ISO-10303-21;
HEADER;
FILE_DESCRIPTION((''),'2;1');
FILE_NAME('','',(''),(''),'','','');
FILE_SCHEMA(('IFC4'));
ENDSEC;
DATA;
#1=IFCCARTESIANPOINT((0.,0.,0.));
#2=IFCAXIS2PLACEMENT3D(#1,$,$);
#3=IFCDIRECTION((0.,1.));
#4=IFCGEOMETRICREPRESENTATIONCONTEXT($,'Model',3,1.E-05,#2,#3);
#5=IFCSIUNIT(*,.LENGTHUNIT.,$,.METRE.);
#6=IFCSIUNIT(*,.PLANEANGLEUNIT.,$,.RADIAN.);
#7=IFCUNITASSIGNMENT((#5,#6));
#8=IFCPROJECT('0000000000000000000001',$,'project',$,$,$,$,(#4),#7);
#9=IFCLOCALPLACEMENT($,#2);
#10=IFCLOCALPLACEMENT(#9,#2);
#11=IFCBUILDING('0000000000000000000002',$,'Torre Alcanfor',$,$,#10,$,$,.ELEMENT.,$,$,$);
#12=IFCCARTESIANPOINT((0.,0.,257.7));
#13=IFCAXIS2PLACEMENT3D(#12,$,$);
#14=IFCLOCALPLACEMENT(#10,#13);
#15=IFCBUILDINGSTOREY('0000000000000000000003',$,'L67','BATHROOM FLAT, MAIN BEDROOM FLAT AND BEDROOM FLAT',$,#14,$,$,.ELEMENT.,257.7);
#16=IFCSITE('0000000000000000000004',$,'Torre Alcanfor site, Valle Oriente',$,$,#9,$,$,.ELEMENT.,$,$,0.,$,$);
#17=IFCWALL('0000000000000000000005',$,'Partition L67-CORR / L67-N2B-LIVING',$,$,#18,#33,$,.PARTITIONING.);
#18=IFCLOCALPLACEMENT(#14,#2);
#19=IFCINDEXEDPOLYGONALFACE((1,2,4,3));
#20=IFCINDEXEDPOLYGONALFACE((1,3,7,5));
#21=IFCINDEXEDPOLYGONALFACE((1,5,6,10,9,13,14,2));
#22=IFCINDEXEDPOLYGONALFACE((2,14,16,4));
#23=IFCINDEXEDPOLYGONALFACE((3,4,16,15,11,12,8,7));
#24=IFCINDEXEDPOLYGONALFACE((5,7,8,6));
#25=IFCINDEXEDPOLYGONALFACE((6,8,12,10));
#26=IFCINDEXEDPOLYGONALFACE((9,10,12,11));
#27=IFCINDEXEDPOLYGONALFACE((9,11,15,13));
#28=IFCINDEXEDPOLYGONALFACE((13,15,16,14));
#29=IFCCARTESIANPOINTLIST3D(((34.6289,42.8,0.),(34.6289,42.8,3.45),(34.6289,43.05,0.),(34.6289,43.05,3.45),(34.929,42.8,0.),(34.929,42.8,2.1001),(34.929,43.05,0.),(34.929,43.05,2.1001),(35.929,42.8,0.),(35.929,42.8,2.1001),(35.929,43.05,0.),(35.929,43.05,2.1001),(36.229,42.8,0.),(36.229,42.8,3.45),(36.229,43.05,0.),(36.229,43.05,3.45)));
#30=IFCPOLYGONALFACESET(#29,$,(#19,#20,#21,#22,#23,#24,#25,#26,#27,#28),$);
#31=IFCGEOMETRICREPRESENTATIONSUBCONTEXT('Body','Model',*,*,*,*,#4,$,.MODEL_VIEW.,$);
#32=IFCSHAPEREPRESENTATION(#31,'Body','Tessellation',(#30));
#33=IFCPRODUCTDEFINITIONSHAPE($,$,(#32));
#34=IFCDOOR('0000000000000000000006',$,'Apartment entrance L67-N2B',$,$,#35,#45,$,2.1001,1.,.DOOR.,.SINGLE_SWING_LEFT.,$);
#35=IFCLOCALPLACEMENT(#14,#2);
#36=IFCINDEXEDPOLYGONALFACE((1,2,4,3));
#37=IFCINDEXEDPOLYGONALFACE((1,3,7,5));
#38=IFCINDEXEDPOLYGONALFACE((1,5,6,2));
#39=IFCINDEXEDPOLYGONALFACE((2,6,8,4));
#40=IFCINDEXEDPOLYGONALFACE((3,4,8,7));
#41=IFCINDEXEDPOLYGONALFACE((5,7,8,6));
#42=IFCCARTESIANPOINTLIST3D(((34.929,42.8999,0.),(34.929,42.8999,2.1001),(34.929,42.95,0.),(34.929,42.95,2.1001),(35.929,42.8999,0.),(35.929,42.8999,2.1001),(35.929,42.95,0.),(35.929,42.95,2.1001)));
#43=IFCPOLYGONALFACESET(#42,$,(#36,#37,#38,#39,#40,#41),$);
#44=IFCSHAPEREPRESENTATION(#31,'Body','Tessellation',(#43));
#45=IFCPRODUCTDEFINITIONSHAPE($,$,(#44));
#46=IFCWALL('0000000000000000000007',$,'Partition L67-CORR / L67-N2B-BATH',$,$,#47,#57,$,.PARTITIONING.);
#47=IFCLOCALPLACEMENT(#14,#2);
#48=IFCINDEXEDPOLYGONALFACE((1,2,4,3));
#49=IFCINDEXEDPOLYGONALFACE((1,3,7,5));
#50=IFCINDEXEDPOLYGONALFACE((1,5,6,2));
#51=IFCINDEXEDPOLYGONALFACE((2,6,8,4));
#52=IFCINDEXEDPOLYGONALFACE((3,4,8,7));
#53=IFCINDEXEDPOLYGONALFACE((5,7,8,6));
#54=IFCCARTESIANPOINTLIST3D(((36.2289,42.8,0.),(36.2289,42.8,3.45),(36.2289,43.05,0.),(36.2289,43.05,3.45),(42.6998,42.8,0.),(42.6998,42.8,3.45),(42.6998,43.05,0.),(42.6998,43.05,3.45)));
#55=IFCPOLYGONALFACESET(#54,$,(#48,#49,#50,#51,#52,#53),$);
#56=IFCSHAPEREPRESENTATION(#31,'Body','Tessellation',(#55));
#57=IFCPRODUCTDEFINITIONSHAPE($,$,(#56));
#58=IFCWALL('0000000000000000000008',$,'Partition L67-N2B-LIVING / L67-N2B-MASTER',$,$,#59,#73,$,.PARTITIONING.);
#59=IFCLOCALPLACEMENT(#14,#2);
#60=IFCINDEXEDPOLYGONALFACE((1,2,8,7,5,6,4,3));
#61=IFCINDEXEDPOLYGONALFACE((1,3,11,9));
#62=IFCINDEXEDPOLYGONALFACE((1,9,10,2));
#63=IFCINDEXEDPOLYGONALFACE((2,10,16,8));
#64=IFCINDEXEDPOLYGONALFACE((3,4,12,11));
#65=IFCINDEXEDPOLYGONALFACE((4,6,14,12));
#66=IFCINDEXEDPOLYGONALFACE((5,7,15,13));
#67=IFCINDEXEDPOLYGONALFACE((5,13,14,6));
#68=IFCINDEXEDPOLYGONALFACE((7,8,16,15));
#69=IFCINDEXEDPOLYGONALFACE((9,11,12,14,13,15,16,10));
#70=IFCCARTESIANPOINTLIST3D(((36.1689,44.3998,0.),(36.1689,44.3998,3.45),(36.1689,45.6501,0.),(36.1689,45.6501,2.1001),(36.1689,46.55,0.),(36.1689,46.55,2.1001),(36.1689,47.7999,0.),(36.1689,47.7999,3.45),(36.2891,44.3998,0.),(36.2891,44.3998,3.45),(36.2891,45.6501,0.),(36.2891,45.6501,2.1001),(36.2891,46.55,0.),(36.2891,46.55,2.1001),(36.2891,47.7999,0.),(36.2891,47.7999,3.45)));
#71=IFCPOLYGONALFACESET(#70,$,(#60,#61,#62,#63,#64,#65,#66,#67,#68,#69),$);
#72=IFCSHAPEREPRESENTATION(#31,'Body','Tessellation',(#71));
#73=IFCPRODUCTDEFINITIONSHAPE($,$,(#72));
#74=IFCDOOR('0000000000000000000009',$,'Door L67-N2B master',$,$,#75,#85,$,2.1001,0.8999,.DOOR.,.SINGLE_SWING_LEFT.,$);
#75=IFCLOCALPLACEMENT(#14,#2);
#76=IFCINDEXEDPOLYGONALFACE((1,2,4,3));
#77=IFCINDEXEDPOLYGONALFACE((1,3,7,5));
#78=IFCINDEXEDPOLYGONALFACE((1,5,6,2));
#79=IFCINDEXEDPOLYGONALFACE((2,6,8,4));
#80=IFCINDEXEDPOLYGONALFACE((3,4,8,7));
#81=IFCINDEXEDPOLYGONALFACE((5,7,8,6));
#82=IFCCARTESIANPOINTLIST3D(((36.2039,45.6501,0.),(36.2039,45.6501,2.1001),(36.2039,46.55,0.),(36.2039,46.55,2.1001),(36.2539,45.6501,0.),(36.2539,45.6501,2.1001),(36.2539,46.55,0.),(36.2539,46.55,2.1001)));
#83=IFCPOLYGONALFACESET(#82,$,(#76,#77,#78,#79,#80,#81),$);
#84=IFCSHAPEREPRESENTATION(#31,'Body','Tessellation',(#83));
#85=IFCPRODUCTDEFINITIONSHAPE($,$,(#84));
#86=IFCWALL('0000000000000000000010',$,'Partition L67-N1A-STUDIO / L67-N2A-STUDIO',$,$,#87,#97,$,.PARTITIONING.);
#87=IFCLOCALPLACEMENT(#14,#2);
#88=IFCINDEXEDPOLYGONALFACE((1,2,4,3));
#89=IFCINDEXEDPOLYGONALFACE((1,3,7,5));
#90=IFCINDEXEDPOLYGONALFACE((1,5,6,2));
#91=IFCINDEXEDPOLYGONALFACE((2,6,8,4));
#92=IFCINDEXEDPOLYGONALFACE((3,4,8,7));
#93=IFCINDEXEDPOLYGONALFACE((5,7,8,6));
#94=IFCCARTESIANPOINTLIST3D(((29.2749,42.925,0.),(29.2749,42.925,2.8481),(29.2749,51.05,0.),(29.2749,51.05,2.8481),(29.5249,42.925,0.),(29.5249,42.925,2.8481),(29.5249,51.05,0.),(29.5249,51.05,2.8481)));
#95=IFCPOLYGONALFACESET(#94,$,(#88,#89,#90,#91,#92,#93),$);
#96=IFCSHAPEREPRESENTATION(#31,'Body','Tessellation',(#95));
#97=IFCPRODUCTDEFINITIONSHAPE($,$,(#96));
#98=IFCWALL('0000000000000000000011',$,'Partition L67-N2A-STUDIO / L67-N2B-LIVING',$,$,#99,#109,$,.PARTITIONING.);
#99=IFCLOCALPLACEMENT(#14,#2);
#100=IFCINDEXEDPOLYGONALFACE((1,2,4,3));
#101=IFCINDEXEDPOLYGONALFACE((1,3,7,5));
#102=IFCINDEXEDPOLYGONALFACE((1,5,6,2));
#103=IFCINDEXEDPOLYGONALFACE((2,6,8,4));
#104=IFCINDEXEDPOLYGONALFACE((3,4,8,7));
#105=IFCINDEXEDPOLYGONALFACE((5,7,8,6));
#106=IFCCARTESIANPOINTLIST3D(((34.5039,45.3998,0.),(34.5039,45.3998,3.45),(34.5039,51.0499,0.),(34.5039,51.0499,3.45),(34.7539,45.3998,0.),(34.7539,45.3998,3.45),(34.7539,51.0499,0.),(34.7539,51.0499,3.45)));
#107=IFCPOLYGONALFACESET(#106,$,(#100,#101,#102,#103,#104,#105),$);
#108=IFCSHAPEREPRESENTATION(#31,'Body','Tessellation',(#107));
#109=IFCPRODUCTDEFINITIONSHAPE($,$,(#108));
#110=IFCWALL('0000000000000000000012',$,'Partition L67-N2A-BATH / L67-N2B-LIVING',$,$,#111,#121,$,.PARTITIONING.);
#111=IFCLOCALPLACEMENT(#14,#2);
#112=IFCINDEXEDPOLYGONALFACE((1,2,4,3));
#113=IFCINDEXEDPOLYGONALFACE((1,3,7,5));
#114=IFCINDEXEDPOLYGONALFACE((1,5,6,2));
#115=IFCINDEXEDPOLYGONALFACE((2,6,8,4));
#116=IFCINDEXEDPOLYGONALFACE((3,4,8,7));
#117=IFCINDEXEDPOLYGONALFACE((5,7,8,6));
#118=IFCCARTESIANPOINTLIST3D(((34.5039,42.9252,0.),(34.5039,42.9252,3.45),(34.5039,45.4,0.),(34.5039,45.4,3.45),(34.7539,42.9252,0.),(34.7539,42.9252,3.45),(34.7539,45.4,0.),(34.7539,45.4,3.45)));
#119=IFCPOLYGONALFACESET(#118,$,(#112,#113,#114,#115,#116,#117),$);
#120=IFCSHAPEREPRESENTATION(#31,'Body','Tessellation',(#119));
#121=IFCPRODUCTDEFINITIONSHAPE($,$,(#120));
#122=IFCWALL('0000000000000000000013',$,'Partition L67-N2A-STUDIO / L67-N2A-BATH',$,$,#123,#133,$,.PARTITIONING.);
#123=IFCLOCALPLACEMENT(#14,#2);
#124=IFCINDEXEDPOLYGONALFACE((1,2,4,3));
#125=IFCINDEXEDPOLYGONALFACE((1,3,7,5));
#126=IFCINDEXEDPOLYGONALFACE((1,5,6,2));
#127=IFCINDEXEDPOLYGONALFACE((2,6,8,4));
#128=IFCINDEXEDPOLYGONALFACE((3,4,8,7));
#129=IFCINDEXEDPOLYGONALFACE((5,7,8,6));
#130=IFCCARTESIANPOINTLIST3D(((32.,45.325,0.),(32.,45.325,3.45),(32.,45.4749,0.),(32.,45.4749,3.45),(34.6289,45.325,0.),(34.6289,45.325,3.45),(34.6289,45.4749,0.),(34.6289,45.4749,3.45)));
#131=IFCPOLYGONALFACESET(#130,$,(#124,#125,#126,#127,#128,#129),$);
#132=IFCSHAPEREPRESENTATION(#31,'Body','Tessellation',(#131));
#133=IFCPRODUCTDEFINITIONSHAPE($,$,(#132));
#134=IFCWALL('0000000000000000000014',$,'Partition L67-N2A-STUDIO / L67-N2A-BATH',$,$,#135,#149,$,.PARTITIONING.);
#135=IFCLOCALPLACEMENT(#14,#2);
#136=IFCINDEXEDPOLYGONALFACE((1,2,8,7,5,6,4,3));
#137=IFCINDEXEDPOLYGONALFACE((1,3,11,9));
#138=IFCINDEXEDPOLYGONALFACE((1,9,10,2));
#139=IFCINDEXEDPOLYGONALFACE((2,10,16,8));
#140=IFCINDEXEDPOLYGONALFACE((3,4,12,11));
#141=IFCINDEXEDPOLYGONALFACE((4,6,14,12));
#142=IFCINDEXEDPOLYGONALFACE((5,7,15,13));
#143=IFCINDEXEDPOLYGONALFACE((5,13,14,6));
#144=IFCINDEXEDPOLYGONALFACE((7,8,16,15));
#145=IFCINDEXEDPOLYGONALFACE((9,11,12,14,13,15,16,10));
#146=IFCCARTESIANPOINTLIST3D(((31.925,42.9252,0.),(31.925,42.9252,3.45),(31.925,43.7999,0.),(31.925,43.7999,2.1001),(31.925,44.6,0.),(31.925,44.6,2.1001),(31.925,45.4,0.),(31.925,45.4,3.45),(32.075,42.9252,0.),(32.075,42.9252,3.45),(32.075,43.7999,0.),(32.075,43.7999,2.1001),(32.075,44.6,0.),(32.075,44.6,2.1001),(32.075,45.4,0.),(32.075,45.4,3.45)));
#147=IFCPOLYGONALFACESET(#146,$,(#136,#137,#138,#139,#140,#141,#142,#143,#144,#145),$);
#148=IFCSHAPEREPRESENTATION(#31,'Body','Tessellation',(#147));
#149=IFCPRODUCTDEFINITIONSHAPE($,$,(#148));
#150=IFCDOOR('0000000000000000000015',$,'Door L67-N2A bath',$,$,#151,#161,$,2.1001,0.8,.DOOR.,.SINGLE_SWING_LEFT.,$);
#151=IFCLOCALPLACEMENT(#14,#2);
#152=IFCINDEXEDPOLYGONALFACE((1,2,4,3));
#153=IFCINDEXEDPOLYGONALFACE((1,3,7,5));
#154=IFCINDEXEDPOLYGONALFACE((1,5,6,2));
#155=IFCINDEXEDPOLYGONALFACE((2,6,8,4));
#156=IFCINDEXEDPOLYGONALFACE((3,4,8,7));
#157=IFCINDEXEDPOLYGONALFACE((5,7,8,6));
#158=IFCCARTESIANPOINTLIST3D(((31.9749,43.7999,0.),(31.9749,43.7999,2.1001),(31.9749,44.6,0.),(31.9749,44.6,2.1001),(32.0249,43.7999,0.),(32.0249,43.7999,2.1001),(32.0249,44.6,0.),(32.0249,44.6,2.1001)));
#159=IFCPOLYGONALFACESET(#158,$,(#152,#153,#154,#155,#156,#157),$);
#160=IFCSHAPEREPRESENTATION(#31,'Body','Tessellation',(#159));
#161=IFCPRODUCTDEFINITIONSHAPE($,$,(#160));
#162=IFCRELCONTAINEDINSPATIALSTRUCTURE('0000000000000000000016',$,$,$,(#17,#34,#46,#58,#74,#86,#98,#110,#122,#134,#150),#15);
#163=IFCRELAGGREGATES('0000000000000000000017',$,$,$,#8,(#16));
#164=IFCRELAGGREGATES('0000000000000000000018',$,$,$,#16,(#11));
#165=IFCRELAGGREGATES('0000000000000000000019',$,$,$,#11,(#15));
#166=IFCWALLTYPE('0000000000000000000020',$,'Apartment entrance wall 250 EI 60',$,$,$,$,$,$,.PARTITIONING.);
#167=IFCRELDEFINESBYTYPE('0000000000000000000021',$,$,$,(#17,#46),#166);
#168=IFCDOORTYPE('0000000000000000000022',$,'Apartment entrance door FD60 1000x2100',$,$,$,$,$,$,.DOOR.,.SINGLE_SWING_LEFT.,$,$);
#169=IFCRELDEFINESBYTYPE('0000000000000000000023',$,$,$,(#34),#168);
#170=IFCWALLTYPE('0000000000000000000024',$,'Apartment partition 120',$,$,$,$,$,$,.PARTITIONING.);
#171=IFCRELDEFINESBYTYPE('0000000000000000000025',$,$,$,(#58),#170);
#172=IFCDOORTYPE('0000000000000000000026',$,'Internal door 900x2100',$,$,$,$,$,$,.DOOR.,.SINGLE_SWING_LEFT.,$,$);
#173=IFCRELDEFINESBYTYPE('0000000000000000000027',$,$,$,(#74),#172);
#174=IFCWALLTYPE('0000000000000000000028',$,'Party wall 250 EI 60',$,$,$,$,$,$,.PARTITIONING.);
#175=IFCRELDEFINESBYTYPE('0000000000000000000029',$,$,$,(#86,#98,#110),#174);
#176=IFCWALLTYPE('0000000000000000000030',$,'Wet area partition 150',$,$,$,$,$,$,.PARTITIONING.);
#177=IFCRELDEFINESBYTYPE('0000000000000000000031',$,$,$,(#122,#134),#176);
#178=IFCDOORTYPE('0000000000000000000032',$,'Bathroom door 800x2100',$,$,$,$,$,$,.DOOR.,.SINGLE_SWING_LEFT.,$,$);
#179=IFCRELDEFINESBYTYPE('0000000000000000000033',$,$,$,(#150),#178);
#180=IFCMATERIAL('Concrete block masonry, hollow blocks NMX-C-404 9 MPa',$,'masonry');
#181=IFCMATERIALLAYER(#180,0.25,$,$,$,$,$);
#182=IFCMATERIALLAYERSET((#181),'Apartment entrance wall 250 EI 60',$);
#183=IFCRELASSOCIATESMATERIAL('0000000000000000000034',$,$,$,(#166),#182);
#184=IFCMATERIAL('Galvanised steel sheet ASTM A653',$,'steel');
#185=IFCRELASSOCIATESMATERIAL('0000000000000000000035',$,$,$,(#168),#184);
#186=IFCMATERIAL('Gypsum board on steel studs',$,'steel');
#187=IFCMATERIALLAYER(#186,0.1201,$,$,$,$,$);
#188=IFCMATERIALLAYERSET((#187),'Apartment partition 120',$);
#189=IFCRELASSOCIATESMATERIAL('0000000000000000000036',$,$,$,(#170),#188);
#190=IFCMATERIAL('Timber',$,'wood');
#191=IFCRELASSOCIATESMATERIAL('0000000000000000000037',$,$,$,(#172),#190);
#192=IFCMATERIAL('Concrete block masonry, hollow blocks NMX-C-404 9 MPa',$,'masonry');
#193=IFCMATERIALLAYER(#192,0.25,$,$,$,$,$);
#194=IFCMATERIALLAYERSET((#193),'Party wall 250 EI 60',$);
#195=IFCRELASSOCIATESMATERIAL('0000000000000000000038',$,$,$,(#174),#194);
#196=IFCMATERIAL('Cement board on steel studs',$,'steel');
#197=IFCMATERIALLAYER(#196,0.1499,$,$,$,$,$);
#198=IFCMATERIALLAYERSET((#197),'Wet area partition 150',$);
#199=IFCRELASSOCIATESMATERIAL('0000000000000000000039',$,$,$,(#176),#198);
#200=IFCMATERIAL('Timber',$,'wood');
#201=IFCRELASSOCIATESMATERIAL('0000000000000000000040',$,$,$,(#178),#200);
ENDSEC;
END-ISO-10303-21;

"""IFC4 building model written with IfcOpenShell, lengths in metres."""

from ifc_helpers import new_model, si_unit, direction, frame, frame_2d, origin, place, context, subcontext, project, spatial, rectangle, extrude, material, layer, layer_set, type_object, element, fill, save


model = new_model("IFC4")

# Units and contexts
model_context = context("Model", 3, precision=1e-05, world=origin(), true_north=direction((0.0, 1.0)))
body_context = subcontext(model_context, "Body", "Model", "MODEL_VIEW")
ifc_project = project(units=[si_unit("LENGTHUNIT", "METRE"), si_unit("PLANEANGLEUNIT", "RADIAN")], contexts=[model_context])

# Site, building, storey
site_placement = place(None, origin())
site = spatial("IfcSite", under=ifc_project, at=site_placement, Name="Torre Alcanfor site, Valle Oriente", CompositionType="ELEMENT", RefElevation=0.0)
building_placement = place(site_placement, origin())
building = spatial("IfcBuilding", under=site, at=building_placement, Name="Torre Alcanfor", CompositionType="ELEMENT")
storey_placement = place(building_placement, frame((0.0, 0.0, 257.7)))
storey = spatial("IfcBuildingStorey", under=building, at=storey_placement, Name="L67", Description="BATHROOM FLAT, MAIN BEDROOM FLAT AND BEDROOM FLAT", CompositionType="ELEMENT", Elevation=257.7)

# Shared definitions
ifc_material_1 = material(Name="Concrete block masonry, hollow blocks NMX-C-404 9 MPa", Category="masonry")
ifc_layer_1 = layer(ifc_material_1, 0.25)
ifc_layer_set_1 = layer_set([ifc_layer_1], Name="Apartment entrance wall 250 EI 60")
wall_type_1 = type_object("IfcWallType", Name="Apartment entrance wall 250 EI 60", PredefinedType="PARTITIONING", material=ifc_layer_set_1)
ifc_material_2 = material(Name="Galvanised steel sheet ASTM A653", Category="steel")
door_type_1 = type_object("IfcDoorType", Name="Apartment entrance door FD60 1000x2100", OperationType="SINGLE_SWING_LEFT", PredefinedType="DOOR", material=ifc_material_2)

# Wall, opening, door
wall_1_placement = place(storey_placement, frame((34.6289, 42.925, 0.0), z_axis=(0.0, 0.0, 1.0), x_axis=(1.0, 0.0, 0.0)))
wall_1 = element("IfcWall", 1, at=wall_1_placement, inside=storey, type_object=wall_type_1, Name="Partition L67-CORR / L67-N2B-LIVING", PredefinedType="PARTITIONING", context=body_context, shape_type="SweptSolid", body=[
    extrude(rectangle(XDim=1.6001, YDim=0.25, at=frame_2d((0.8, 0.0))), origin(), (0.0, 0.0, 1.0), 3.45),
])
opening_1_placement = place(wall_1_placement, frame((0.3, 0.0, 0.0)))
opening_1 = element("IfcOpeningElement", 2, at=opening_1_placement, cuts=wall_1, PredefinedType="OPENING", context=body_context, shape_type="SweptSolid", body=[
    extrude(rectangle(XDim=1.0, YDim=2.1001, at=frame_2d((0.5, 1.05))), frame((0.0, 0.135, 0.0), z_axis=(0.0, -1.0, 0.0), x_axis=(1.0, 0.0, 0.0)), (0.0, 0.0, 1.0), 0.27),
])
door_1_placement = place(opening_1_placement, origin())
door_1 = element("IfcDoor", 3, at=door_1_placement, inside=storey, type_object=door_type_1, Name="Apartment entrance L67-N2B", OperationType="SINGLE_SWING_LEFT", OverallHeight=2.1001, OverallWidth=1.0, PredefinedType="DOOR", context=body_context, shape_type="SweptSolid", body=[
    extrude(rectangle(XDim=1.0, YDim=2.1001, at=frame_2d((0.5, 1.05))), frame((0.0, 0.0249, 0.0), z_axis=(0.0, -1.0, 0.0), x_axis=(1.0, 0.0, 0.0)), (0.0, 0.0, 1.0), 0.05),
])
fill(opening_1, door_1)

# Wall
wall_2_placement = place(storey_placement, frame((36.229, 42.925, 0.0), z_axis=(0.0, 0.0, 1.0), x_axis=(1.0, 0.0, 0.0)))
element("IfcWall", 4, at=wall_2_placement, inside=storey, type_object=wall_type_1, Name="Partition L67-CORR / L67-N2B-BATH", PredefinedType="PARTITIONING", context=body_context, shape_type="SweptSolid", body=[
    extrude(rectangle(XDim=6.4709, YDim=0.25, at=frame_2d((3.2354, 0.0))), origin(), (0.0, 0.0, 1.0), 3.45),
])

# Wall, opening, door
ifc_material_3 = material(Name="Gypsum board on steel studs", Category="steel")
ifc_layer_2 = layer(ifc_material_3, 0.1201)
ifc_layer_set_2 = layer_set([ifc_layer_2], Name="Apartment partition 120")
wall_type_2 = type_object("IfcWallType", Name="Apartment partition 120", PredefinedType="PARTITIONING", material=ifc_layer_set_2)
wall_3_placement = place(storey_placement, frame((36.229, 47.8, 0.0), z_axis=(0.0, 0.0, 1.0), x_axis=(0.0, -1.0, 0.0)))
wall_3 = element("IfcWall", 5, at=wall_3_placement, inside=storey, type_object=wall_type_2, Name="Partition L67-N2B-LIVING / L67-N2B-MASTER", PredefinedType="PARTITIONING", context=body_context, shape_type="SweptSolid", body=[
    extrude(rectangle(XDim=3.4001, YDim=0.1201, at=frame_2d((1.7002, 0.0))), origin(), (0.0, 0.0, 1.0), 3.45),
])
opening_2_placement = place(wall_3_placement, frame((1.25, 0.0, 0.0)))
opening_2 = element("IfcOpeningElement", 6, at=opening_2_placement, cuts=wall_3, PredefinedType="OPENING", context=body_context, shape_type="SweptSolid", body=[
    extrude(rectangle(XDim=0.8999, YDim=2.1001, at=frame_2d((0.45, 1.05))), frame((0.0, 0.0701, 0.0), z_axis=(0.0, -1.0, 0.0), x_axis=(1.0, 0.0, 0.0)), (0.0, 0.0, 1.0), 0.1401),
])
ifc_material_4 = material(Name="Timber", Category="wood")
door_type_2 = type_object("IfcDoorType", Name="Internal door 900x2100", OperationType="SINGLE_SWING_LEFT", PredefinedType="DOOR", material=ifc_material_4)
door_2_placement = place(opening_2_placement, origin())
door_2 = element("IfcDoor", 7, at=door_2_placement, inside=storey, type_object=door_type_2, Name="Door L67-N2B master", OperationType="SINGLE_SWING_LEFT", OverallHeight=2.1001, OverallWidth=0.8999, PredefinedType="DOOR", context=body_context, shape_type="SweptSolid", body=[
    extrude(rectangle(XDim=0.8999, YDim=2.1001, at=frame_2d((0.45, 1.05))), frame((0.0, 0.0249, 0.0), z_axis=(0.0, -1.0, 0.0), x_axis=(1.0, 0.0, 0.0)), (0.0, 0.0, 1.0), 0.05),
])
fill(opening_2, door_2)

# Walls
ifc_material_5 = material(Name="Concrete block masonry, hollow blocks NMX-C-404 9 MPa", Category="masonry")
ifc_layer_3 = layer(ifc_material_5, 0.25)
ifc_layer_set_3 = layer_set([ifc_layer_3], Name="Party wall 250 EI 60")
wall_type_3 = type_object("IfcWallType", Name="Party wall 250 EI 60", PredefinedType="PARTITIONING", material=ifc_layer_set_3)
wall_4_placement = place(storey_placement, frame((29.3999, 51.05, 0.0), z_axis=(0.0, 0.0, 1.0), x_axis=(0.0, -1.0, 0.0)))
element("IfcWall", 8, at=wall_4_placement, inside=storey, type_object=wall_type_3, Name="Partition L67-N1A-STUDIO / L67-N2A-STUDIO", PredefinedType="PARTITIONING", context=body_context, shape_type="SweptSolid", body=[
    extrude(rectangle(XDim=8.125, YDim=0.25, at=frame_2d((4.0625, 0.0))), origin(), (0.0, 0.0, 1.0), 2.8481),
])
wall_5_placement = place(storey_placement, frame((34.6289, 51.05, 0.0), z_axis=(0.0, 0.0, 1.0), x_axis=(0.0, -1.0, 0.0)))
element("IfcWall", 9, at=wall_5_placement, inside=storey, type_object=wall_type_3, Name="Partition L67-N2A-STUDIO / L67-N2B-LIVING", PredefinedType="PARTITIONING", context=body_context, shape_type="SweptSolid", body=[
    extrude(rectangle(XDim=5.6501, YDim=0.25, at=frame_2d((2.8252, 0.0))), origin(), (0.0, 0.0, 1.0), 3.45),
])
wall_6_placement = place(storey_placement, frame((34.6289, 45.3999, 0.0), z_axis=(0.0, 0.0, 1.0), x_axis=(0.0, -1.0, 0.0)))
element("IfcWall", 10, at=wall_6_placement, inside=storey, type_object=wall_type_3, Name="Partition L67-N2A-BATH / L67-N2B-LIVING", PredefinedType="PARTITIONING", context=body_context, shape_type="SweptSolid", body=[
    extrude(rectangle(XDim=2.4749, YDim=0.25, at=frame_2d((1.2373, 0.0))), origin(), (0.0, 0.0, 1.0), 3.45),
])
ifc_material_6 = material(Name="Cement board on steel studs", Category="steel")
ifc_layer_4 = layer(ifc_material_6, 0.1499)
ifc_layer_set_4 = layer_set([ifc_layer_4], Name="Wet area partition 150")
wall_type_4 = type_object("IfcWallType", Name="Wet area partition 150", PredefinedType="PARTITIONING", material=ifc_layer_set_4)
wall_7_placement = place(storey_placement, frame((34.6289, 45.3999, 0.0), z_axis=(0.0, 0.0, 1.0), x_axis=(-1.0, 0.0, 0.0)))
element("IfcWall", 11, at=wall_7_placement, inside=storey, type_object=wall_type_4, Name="Partition L67-N2A-STUDIO / L67-N2A-BATH", PredefinedType="PARTITIONING", context=body_context, shape_type="SweptSolid", body=[
    extrude(rectangle(XDim=2.6289, YDim=0.1499, at=frame_2d((1.3145, 0.0))), origin(), (0.0, 0.0, 1.0), 3.45),
])

# Wall, opening, door
wall_8_placement = place(storey_placement, frame((32.0, 45.3999, 0.0), z_axis=(0.0, 0.0, 1.0), x_axis=(0.0, -1.0, 0.0)))
wall_8 = element("IfcWall", 12, at=wall_8_placement, inside=storey, type_object=wall_type_4, Name="Partition L67-N2A-STUDIO / L67-N2A-BATH", PredefinedType="PARTITIONING", context=body_context, shape_type="SweptSolid", body=[
    extrude(rectangle(XDim=2.4749, YDim=0.1499, at=frame_2d((1.2373, 0.0))), origin(), (0.0, 0.0, 1.0), 3.45),
])
opening_3_placement = place(wall_8_placement, frame((0.8, 0.0, 0.0)))
opening_3 = element("IfcOpeningElement", 13, at=opening_3_placement, cuts=wall_8, PredefinedType="OPENING", context=body_context, shape_type="SweptSolid", body=[
    extrude(rectangle(XDim=0.8, YDim=2.1001, at=frame_2d((0.3999, 1.05))), frame((0.0, 0.085, 0.0), z_axis=(0.0, -1.0, 0.0), x_axis=(1.0, 0.0, 0.0)), (0.0, 0.0, 1.0), 0.1699),
])
ifc_material_7 = material(Name="Timber", Category="wood")
door_type_3 = type_object("IfcDoorType", Name="Bathroom door 800x2100", OperationType="SINGLE_SWING_LEFT", PredefinedType="DOOR", material=ifc_material_7)
door_3_placement = place(opening_3_placement, origin())
door_3 = element("IfcDoor", 14, at=door_3_placement, inside=storey, type_object=door_type_3, Name="Door L67-N2A bath", OperationType="SINGLE_SWING_LEFT", OverallHeight=2.1001, OverallWidth=0.8, PredefinedType="DOOR", context=body_context, shape_type="SweptSolid", body=[
    extrude(rectangle(XDim=0.8, YDim=2.1001, at=frame_2d((0.3999, 1.05))), frame((0.0, 0.0249, 0.0), z_axis=(0.0, -1.0, 0.0), x_axis=(1.0, 0.0, 0.0)), (0.0, 0.0, 1.0), 0.05),
])
fill(opening_3, door_3)

save(model, "model.ifc")
